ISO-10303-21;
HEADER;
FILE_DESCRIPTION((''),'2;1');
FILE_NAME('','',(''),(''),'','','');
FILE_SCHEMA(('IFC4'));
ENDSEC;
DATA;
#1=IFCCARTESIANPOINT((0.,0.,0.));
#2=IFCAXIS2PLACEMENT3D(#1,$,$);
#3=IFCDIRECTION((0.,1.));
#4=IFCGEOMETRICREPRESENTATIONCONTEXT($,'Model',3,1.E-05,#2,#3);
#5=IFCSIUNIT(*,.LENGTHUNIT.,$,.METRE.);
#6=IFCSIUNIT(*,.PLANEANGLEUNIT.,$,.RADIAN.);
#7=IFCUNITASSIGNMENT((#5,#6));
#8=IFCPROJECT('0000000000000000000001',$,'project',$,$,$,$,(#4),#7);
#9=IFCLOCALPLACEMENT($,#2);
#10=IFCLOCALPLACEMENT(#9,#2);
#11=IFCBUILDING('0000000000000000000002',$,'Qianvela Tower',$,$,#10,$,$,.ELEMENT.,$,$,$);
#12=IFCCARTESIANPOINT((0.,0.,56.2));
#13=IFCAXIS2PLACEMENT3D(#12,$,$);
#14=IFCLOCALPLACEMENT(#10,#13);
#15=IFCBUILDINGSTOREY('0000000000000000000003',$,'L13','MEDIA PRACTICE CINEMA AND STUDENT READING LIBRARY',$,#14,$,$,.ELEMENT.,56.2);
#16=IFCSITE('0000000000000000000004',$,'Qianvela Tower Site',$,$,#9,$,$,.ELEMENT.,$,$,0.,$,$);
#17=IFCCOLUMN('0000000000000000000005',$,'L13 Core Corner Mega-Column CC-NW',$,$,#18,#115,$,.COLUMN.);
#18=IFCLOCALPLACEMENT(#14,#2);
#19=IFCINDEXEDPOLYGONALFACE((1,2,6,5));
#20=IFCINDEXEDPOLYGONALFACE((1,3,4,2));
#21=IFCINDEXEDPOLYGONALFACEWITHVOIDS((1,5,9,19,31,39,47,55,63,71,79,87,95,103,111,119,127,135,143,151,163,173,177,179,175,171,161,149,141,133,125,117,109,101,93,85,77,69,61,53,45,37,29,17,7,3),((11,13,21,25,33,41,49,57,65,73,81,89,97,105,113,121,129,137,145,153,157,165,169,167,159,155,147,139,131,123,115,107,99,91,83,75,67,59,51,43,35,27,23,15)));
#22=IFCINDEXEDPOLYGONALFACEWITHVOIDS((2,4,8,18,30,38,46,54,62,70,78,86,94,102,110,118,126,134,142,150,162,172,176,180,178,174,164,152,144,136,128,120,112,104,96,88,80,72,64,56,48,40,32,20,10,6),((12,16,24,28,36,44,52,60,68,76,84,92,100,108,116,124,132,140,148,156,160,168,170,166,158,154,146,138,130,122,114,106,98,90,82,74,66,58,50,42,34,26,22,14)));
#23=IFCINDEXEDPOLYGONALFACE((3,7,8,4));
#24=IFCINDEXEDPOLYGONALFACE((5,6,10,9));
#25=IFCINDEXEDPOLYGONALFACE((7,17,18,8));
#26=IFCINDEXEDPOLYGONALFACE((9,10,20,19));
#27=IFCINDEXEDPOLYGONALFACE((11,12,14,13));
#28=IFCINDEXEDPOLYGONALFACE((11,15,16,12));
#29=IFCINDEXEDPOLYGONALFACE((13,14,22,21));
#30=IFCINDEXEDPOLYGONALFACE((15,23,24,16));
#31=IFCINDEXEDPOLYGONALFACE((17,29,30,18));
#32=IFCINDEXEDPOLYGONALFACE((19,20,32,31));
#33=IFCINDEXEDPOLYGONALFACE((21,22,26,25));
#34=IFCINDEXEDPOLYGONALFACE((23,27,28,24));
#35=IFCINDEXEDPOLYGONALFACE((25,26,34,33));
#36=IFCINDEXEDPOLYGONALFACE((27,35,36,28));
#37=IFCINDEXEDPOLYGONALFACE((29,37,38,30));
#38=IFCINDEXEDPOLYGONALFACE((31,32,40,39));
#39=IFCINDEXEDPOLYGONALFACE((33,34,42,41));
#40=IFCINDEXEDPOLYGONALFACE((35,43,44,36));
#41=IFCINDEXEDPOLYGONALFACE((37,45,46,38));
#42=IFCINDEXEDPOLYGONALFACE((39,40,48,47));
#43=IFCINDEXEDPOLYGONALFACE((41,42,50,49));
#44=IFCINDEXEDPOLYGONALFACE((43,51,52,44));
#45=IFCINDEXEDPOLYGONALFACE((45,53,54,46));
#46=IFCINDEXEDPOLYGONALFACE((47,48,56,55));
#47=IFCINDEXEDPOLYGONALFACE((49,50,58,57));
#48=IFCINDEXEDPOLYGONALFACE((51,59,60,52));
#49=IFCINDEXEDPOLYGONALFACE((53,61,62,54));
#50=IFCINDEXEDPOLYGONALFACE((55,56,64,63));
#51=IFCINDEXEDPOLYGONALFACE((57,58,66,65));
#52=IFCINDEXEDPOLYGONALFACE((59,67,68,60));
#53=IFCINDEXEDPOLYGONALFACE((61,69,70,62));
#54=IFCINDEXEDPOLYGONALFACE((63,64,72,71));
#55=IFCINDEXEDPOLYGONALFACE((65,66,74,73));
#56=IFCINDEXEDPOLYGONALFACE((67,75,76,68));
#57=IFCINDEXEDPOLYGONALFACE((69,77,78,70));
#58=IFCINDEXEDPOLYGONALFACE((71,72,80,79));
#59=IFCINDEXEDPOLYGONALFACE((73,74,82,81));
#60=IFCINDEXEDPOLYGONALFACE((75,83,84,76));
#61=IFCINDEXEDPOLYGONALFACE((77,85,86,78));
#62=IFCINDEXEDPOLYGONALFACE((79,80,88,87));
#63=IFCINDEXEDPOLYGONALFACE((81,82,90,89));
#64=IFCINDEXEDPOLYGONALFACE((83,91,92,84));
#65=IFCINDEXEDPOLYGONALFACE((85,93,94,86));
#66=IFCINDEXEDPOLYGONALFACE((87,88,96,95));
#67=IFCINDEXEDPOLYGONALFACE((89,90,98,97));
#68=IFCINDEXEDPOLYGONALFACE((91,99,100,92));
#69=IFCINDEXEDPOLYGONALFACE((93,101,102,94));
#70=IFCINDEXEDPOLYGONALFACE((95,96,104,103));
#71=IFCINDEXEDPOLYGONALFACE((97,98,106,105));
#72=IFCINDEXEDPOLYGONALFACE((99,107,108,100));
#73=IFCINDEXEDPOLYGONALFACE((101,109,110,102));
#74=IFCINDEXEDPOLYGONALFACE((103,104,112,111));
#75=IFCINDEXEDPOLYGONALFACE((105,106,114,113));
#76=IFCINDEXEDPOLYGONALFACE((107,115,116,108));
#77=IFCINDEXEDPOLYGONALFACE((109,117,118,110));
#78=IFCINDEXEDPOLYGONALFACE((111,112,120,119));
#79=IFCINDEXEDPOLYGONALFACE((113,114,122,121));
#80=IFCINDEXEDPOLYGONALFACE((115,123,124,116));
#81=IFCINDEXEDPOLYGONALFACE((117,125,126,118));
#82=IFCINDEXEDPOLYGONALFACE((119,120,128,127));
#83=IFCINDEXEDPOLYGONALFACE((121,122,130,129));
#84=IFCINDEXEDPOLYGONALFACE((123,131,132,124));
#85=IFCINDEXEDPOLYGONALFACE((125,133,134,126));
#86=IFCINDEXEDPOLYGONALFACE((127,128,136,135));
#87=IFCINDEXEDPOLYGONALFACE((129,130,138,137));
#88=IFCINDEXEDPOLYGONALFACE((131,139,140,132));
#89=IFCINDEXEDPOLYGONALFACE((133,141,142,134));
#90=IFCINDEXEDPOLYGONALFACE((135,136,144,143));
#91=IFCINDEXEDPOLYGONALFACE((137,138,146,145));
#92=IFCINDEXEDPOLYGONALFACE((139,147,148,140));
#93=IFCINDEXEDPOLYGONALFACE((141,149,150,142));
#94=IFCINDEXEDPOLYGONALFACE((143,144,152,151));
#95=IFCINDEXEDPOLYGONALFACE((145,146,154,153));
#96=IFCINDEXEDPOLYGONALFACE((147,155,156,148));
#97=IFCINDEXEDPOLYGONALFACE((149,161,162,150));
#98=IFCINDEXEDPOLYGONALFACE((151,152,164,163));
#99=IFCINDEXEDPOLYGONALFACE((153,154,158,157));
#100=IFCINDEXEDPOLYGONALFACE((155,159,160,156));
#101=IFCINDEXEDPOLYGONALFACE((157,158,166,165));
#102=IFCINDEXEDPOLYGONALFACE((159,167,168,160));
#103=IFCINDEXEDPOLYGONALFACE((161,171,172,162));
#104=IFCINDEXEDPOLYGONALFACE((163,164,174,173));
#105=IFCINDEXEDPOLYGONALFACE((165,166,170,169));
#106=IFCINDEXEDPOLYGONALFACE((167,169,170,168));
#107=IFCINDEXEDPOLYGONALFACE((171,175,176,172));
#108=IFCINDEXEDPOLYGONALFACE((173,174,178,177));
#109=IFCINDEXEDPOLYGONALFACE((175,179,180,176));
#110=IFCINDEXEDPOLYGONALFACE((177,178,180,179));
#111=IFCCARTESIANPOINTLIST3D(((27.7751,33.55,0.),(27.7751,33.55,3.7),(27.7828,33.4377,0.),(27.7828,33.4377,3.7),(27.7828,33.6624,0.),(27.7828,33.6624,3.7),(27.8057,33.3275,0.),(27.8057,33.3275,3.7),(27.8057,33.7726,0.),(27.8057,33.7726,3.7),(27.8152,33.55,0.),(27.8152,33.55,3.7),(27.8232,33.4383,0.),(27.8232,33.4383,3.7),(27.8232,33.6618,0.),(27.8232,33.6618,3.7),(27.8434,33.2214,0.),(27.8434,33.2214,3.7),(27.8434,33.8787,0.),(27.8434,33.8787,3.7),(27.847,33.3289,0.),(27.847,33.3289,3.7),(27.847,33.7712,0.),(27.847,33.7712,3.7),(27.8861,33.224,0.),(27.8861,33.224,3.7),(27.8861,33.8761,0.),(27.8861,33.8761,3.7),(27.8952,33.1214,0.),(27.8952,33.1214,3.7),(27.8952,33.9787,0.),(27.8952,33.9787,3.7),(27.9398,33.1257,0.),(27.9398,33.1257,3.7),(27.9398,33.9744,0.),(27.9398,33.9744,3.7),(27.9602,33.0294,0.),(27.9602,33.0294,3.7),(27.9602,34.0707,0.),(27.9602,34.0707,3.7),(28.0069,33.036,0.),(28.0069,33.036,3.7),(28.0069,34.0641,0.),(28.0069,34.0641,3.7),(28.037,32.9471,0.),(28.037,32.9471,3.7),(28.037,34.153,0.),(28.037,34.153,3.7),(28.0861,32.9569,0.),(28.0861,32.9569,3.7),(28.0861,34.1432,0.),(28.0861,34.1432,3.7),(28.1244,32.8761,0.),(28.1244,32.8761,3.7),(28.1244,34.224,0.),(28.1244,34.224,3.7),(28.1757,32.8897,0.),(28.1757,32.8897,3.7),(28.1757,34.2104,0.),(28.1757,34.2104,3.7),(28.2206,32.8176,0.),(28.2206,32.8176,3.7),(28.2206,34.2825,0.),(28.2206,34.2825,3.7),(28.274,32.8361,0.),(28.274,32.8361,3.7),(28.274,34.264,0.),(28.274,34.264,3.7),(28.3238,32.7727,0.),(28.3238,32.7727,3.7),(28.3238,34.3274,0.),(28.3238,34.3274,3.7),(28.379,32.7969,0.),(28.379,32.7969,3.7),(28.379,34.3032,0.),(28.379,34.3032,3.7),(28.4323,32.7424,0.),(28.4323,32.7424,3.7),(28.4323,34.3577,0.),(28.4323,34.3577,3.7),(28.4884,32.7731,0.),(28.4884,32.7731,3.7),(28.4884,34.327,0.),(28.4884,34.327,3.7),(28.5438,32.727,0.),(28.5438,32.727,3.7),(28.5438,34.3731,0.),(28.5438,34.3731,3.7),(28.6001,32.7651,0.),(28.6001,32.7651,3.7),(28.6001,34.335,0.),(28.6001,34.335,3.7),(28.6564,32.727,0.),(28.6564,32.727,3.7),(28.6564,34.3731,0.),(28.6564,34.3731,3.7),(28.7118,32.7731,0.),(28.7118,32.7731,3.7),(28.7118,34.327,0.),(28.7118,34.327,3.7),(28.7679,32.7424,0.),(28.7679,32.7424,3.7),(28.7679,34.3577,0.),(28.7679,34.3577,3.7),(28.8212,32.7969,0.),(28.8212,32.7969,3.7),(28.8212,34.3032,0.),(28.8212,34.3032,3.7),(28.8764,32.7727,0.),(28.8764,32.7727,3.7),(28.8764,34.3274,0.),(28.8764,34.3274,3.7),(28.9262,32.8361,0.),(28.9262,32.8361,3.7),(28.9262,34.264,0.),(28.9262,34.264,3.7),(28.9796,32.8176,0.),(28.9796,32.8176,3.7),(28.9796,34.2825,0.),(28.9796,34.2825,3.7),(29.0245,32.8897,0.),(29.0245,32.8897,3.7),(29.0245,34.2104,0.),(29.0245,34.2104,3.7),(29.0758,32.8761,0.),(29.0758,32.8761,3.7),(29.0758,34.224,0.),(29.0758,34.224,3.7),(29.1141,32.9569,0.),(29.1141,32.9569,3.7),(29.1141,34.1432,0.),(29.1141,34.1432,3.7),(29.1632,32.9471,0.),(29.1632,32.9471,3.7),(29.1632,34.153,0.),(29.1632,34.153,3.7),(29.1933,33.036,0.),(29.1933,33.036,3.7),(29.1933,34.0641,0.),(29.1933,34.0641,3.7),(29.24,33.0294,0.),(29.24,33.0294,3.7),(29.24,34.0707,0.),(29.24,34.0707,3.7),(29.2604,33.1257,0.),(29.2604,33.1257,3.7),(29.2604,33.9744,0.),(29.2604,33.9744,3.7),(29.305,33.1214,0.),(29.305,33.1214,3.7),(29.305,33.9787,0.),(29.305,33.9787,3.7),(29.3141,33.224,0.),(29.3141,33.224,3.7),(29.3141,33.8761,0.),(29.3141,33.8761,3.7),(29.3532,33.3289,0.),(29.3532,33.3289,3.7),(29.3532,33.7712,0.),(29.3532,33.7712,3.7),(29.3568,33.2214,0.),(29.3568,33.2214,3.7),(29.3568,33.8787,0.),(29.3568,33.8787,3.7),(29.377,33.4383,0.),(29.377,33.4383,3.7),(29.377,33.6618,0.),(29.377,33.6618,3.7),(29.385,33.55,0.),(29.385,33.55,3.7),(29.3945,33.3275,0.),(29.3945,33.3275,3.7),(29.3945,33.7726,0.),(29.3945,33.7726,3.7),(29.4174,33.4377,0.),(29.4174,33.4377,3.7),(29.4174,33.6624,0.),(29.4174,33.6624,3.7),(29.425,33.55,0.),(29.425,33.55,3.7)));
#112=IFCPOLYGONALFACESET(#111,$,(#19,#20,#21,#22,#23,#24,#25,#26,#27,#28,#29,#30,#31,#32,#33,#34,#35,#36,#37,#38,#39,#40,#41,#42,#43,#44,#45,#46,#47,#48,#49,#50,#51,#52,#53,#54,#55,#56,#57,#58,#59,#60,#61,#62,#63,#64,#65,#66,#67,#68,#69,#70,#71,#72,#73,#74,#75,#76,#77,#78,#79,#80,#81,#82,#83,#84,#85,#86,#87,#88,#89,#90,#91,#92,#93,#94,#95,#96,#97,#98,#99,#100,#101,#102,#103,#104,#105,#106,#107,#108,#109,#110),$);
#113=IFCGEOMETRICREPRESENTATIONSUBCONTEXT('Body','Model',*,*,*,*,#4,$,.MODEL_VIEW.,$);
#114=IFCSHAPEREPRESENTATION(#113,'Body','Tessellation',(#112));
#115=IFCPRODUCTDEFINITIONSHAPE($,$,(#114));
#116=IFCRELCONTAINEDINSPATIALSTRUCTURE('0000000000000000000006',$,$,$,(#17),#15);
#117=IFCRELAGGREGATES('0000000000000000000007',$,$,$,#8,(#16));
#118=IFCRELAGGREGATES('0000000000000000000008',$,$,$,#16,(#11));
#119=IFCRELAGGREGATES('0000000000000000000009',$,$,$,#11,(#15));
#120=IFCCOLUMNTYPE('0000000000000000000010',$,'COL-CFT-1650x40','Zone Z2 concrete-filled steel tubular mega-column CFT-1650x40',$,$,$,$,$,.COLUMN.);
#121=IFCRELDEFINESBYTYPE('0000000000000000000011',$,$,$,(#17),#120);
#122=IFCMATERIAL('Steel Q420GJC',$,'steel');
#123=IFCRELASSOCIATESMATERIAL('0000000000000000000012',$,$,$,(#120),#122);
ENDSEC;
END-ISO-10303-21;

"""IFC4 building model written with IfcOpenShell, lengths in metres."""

from ifc_helpers import new_model, si_unit, direction, frame, origin, origin_2d, place, context, subcontext, project, spatial, hollow_circle, extrude, material, material_profile, profile_set, type_object, element, save


model = new_model("IFC4")

# Units and contexts
model_context = context("Model", 3, precision=1e-05, world=origin(), true_north=direction((0.0, 1.0)))
body_context = subcontext(model_context, "Body", "Model", "MODEL_VIEW")
ifc_project = project(units=[si_unit("LENGTHUNIT", "METRE"), si_unit("PLANEANGLEUNIT", "RADIAN")], contexts=[model_context])

# Site, building, storey
site_placement = place(None, origin())
site = spatial("IfcSite", under=ifc_project, at=site_placement, Name="Qianvela Tower Site", CompositionType="ELEMENT", RefElevation=0.0)
building_placement = place(site_placement, origin())
building = spatial("IfcBuilding", under=site, at=building_placement, Name="Qianvela Tower", CompositionType="ELEMENT")
storey_placement = place(building_placement, frame((0.0, 0.0, 56.2)))
storey = spatial("IfcBuildingStorey", under=building, at=storey_placement, Name="L13", Description="MEDIA PRACTICE CINEMA AND STUDENT READING LIBRARY", CompositionType="ELEMENT", Elevation=56.2)

# Column
ifc_material_1 = material(Name="Steel Q420GJC", Category="steel")
ifc_material_profile_1 = material_profile(ifc_material_1, hollow_circle(Radius=0.825, WallThickness=0.04, at=origin_2d()), Name="CFT-1650x40")
ifc_profile_set_1 = profile_set([ifc_material_profile_1], Name="Steel Q420GJC")
column_type = type_object("IfcColumnType", Name="COL-CFT-1650x40", Description="Zone Z2 concrete-filled steel tubular mega-column CFT-1650x40", PredefinedType="COLUMN", material=ifc_profile_set_1)
for number, where, z_axis, x_axis, name in (
    (1, (28.6001, 33.55, 0.0), (0.0, 0.0, 1.0), (1.0, 0.0, 0.0), "L13 Core Corner Mega-Column CC-NW"),
):
    element("IfcColumn", number, at=place(storey_placement, frame(where, z_axis=z_axis, x_axis=x_axis)), inside=storey, type_object=column_type, Name=name, PredefinedType="COLUMN", context=body_context, shape_type="SweptSolid", body=[
        extrude(hollow_circle(Radius=0.825, WallThickness=0.04, at=origin_2d()), origin(), (0.0, 0.0, 1.0), 3.7),
    ])

save(model, "model.ifc")
